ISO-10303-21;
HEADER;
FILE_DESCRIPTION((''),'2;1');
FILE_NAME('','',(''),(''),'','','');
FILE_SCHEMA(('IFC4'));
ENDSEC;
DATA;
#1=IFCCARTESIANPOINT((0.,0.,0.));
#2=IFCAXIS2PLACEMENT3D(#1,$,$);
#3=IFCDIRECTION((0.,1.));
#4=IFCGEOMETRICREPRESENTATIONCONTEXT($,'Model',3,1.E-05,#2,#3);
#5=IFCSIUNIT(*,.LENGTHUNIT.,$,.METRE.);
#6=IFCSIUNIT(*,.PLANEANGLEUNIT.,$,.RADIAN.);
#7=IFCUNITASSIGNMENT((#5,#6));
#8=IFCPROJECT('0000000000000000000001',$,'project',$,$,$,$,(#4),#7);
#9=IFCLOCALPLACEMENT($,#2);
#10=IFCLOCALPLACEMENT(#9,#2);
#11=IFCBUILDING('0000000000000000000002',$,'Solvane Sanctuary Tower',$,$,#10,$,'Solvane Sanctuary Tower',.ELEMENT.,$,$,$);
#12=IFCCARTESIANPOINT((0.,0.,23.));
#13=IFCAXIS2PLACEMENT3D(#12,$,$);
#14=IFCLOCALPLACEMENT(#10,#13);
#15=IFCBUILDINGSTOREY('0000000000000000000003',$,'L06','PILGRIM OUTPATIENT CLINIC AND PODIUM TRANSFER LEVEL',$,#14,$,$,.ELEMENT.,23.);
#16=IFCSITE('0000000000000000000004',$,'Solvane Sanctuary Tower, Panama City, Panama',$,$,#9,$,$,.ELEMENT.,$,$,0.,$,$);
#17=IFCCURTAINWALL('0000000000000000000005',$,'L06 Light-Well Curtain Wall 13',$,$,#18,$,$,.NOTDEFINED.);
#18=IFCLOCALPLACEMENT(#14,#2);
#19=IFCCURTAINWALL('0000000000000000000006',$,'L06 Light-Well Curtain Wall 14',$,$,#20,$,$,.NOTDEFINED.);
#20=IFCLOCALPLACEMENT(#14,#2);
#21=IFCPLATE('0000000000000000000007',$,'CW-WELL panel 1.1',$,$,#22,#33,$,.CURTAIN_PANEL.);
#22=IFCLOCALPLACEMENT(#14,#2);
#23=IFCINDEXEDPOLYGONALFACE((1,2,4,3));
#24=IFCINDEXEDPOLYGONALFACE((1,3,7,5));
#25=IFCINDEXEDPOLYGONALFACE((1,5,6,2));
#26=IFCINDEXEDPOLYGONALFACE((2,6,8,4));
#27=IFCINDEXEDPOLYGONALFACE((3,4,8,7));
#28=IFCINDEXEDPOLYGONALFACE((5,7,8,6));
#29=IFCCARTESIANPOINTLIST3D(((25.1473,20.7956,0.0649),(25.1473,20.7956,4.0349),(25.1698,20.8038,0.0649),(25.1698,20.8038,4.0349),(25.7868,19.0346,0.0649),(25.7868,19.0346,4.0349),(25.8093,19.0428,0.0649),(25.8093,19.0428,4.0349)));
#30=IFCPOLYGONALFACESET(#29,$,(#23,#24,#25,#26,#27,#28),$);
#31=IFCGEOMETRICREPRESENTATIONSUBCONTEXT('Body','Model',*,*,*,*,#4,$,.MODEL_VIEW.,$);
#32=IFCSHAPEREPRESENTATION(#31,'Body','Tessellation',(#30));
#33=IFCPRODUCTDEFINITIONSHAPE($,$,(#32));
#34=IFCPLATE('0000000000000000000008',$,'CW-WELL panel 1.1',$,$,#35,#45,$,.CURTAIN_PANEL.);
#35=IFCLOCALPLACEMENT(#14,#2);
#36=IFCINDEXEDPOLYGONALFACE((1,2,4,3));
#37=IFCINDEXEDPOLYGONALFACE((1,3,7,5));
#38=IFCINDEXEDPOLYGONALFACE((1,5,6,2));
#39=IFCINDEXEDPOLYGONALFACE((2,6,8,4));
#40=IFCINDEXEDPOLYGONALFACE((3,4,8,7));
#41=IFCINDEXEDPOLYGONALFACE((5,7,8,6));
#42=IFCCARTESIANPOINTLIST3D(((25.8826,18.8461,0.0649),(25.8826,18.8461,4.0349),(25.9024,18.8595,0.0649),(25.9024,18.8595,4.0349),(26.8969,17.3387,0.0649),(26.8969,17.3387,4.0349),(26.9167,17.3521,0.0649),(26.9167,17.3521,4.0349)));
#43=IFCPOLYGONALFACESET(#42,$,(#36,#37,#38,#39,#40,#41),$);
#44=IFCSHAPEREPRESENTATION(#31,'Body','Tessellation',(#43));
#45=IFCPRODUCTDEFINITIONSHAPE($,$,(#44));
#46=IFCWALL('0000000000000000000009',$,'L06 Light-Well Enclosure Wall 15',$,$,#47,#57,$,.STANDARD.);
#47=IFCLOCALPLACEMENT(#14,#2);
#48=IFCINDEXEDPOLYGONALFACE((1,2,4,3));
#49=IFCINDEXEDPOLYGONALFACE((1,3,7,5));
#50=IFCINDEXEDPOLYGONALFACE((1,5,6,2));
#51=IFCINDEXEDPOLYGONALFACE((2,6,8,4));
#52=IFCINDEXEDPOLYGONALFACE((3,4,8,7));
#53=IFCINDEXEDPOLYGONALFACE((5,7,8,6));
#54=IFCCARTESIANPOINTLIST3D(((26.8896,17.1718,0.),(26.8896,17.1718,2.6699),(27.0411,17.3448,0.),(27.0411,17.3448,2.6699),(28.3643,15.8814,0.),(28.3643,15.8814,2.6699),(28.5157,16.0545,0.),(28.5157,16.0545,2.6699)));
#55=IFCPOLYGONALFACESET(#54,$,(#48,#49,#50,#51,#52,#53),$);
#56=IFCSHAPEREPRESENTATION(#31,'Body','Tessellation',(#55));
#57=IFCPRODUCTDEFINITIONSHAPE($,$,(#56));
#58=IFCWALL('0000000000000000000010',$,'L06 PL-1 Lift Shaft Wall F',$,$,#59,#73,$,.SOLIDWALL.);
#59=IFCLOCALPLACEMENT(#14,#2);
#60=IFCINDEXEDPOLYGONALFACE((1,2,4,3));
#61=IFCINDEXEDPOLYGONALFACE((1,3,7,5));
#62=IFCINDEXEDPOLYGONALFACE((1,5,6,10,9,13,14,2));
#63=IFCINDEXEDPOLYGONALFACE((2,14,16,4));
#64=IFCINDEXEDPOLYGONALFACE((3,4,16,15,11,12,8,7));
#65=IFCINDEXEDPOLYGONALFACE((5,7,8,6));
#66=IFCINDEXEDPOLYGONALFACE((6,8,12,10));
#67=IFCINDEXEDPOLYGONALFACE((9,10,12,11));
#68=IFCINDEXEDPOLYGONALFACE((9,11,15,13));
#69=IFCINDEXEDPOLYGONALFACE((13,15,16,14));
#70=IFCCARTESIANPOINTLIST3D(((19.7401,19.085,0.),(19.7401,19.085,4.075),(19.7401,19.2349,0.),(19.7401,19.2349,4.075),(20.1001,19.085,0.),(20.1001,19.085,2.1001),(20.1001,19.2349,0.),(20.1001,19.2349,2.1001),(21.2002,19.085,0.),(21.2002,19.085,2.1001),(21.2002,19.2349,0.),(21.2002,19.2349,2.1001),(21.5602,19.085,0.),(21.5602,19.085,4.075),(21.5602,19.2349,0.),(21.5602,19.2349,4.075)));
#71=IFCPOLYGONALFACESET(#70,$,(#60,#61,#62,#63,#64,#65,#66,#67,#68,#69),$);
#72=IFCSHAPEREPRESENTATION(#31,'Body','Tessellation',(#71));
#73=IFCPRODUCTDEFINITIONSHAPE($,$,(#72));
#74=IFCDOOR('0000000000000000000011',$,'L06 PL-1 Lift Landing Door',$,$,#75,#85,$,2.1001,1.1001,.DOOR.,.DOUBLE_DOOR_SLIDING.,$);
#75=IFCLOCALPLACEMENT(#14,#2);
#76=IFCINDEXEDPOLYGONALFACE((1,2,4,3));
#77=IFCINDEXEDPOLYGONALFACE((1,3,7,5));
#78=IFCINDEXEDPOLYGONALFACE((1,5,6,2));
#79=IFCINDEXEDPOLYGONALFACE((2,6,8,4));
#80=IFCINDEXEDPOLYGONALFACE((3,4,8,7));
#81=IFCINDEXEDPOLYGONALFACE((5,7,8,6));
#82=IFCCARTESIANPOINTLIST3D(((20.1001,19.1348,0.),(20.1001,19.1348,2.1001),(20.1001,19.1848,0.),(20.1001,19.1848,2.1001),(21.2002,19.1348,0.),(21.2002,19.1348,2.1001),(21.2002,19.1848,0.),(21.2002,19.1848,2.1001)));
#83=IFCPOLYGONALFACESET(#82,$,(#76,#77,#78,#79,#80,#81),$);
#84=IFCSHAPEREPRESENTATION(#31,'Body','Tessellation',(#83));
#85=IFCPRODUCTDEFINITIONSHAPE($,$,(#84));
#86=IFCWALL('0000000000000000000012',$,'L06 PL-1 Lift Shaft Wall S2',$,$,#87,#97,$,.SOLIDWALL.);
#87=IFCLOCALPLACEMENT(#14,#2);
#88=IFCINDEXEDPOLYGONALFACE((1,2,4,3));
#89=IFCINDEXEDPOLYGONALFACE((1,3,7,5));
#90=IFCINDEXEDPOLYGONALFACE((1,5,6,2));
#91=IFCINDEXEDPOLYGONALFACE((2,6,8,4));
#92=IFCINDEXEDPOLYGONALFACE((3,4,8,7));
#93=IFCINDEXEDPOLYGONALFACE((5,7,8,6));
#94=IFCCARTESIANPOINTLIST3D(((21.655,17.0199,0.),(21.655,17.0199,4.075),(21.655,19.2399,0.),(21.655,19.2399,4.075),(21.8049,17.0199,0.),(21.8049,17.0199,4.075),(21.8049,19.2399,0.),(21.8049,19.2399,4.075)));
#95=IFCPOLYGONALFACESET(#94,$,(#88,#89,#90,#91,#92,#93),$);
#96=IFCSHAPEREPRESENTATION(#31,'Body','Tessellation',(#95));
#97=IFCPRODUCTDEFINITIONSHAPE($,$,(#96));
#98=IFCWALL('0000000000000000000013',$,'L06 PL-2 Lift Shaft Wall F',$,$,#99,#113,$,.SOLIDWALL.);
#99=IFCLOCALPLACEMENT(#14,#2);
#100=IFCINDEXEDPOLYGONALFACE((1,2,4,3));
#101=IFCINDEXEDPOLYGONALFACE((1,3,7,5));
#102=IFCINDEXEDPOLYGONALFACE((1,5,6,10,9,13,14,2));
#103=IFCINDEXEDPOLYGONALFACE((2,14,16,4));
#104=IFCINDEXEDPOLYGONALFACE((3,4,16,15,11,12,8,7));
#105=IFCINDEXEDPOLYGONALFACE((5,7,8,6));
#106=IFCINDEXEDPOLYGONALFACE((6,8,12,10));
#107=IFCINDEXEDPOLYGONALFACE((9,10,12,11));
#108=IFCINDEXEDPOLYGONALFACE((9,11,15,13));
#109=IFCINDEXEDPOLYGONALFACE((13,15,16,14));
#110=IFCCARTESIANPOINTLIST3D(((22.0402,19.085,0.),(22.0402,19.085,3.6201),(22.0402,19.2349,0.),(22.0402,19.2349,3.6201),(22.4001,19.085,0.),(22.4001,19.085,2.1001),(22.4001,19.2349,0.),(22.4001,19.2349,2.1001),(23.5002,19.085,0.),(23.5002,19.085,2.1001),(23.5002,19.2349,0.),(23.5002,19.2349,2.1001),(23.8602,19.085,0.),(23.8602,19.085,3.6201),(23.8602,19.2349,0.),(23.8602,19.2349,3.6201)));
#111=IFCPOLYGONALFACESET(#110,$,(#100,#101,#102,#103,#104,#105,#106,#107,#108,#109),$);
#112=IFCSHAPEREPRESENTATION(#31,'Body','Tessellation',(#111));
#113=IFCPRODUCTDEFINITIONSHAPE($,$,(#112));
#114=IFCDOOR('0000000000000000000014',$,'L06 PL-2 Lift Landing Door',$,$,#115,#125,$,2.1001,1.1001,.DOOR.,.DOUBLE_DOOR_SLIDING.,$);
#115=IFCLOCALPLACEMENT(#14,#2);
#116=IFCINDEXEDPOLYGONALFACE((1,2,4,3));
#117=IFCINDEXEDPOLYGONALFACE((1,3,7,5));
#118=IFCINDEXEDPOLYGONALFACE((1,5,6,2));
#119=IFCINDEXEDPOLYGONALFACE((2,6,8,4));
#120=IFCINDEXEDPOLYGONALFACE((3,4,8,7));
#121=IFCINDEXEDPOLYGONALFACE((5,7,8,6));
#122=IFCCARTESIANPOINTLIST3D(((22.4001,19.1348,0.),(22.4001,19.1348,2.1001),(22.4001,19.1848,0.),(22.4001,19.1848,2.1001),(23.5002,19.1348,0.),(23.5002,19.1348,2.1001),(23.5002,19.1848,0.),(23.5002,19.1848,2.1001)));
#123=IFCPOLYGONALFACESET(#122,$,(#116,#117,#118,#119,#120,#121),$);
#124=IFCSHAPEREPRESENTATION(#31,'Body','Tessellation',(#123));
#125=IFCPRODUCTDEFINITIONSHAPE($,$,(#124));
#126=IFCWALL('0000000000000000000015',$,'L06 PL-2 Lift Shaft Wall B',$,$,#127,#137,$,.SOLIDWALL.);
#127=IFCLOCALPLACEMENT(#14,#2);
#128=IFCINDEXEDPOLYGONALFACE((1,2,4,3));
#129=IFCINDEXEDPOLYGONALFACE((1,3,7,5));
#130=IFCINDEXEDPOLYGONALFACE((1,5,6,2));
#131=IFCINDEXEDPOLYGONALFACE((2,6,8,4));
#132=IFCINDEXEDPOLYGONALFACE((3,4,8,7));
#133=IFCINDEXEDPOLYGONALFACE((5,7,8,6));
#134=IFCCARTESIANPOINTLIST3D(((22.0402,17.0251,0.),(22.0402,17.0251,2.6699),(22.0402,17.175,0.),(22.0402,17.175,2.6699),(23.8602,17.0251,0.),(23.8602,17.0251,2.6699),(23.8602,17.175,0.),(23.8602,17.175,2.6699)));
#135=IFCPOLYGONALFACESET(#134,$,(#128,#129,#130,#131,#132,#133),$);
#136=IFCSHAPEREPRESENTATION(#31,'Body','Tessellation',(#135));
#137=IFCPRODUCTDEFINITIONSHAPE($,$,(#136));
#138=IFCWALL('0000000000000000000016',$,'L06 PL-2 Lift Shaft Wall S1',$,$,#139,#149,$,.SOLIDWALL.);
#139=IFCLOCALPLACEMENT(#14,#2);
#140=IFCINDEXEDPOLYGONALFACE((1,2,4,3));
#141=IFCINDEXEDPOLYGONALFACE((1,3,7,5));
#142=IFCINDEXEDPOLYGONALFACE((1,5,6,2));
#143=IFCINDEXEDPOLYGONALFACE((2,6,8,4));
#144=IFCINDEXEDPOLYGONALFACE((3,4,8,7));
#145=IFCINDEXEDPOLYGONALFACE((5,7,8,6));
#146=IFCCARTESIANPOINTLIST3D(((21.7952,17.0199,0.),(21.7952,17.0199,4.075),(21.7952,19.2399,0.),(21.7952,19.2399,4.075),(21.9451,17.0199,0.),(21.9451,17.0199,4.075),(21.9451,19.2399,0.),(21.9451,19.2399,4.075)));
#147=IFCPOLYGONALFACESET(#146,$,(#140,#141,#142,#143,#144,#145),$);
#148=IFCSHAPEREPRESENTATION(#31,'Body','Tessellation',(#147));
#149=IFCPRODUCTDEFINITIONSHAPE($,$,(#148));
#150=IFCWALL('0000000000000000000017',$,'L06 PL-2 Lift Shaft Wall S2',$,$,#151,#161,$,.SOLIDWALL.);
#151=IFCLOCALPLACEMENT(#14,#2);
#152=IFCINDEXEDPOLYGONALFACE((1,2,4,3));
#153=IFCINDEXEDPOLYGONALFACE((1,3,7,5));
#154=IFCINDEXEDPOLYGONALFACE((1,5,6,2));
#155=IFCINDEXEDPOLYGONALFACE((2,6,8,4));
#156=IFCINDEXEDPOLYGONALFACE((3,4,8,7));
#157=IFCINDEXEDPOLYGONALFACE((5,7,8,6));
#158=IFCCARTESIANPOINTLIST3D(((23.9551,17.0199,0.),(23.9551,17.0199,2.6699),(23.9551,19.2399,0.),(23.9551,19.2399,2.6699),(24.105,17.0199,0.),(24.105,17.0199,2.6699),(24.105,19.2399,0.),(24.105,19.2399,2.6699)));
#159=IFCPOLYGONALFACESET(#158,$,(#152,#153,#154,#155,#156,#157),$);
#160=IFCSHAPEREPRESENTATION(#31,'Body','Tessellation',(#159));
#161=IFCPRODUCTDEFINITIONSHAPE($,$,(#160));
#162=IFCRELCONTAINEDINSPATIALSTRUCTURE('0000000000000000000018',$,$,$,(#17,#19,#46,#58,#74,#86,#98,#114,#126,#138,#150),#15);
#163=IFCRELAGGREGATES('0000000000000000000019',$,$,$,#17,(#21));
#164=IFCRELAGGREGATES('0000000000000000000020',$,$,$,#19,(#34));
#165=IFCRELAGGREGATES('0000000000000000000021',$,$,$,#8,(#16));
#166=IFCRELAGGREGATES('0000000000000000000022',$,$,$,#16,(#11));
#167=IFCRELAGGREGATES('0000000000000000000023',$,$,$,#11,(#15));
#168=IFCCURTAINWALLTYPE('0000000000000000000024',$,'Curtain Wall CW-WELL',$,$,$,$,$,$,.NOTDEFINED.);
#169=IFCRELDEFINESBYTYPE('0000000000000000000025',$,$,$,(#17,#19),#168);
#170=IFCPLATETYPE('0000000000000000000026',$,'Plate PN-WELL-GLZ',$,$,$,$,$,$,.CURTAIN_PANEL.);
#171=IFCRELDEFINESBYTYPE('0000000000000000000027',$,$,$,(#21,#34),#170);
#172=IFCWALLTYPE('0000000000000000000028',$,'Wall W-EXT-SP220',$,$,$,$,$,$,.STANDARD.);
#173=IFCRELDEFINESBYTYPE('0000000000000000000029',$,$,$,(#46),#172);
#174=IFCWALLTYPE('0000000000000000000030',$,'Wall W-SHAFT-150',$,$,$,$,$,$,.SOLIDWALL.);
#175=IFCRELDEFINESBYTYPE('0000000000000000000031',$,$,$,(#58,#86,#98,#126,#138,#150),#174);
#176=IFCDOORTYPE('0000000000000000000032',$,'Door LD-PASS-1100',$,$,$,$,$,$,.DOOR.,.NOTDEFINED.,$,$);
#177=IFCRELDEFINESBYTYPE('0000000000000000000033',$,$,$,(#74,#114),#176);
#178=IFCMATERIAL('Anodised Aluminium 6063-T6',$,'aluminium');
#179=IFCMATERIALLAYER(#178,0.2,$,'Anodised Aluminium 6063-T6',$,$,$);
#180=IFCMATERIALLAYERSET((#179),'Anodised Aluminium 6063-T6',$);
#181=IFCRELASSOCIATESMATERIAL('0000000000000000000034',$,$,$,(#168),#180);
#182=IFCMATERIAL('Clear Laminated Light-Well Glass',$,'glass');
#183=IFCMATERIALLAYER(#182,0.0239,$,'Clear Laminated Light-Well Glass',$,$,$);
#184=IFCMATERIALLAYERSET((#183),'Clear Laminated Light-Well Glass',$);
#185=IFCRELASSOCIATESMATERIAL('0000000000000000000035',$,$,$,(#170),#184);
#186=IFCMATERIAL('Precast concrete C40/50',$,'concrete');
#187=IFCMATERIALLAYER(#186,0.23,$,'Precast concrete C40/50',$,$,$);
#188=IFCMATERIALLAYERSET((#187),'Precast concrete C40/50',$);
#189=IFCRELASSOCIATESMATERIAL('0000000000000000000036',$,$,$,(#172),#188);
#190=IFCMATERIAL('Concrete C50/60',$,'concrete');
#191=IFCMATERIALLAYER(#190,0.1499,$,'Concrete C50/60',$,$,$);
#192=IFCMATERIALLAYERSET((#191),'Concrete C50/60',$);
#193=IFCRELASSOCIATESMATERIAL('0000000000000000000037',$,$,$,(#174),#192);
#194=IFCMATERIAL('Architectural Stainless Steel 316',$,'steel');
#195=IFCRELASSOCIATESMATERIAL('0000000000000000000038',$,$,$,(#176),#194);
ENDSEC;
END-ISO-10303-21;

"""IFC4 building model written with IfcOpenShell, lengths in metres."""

from ifc_helpers import new_model, si_unit, direction, frame, frame_2d, origin, origin_2d, place, context, subcontext, project, spatial, rectangle, extrude, material, layer, layer_set, type_object, element, fill, aggregate, save


model = new_model("IFC4")

# Units and contexts
model_context = context("Model", 3, precision=1e-05, world=origin(), true_north=direction((0.0, 1.0)))
body_context = subcontext(model_context, "Body", "Model", "MODEL_VIEW")
ifc_project = project(units=[si_unit("LENGTHUNIT", "METRE"), si_unit("PLANEANGLEUNIT", "RADIAN")], contexts=[model_context])

# Site, building, storey
site_placement = place(None, origin())
site = spatial("IfcSite", under=ifc_project, at=site_placement, Name="Solvane Sanctuary Tower, Panama City, Panama", CompositionType="ELEMENT", RefElevation=0.0)
building_placement = place(site_placement, origin())
building = spatial("IfcBuilding", under=site, at=building_placement, Name="Solvane Sanctuary Tower", LongName="Solvane Sanctuary Tower", CompositionType="ELEMENT")
storey_placement = place(building_placement, frame((0.0, 0.0, 23.0)))
storey = spatial("IfcBuildingStorey", under=building, at=storey_placement, Name="L06", Description="PILGRIM OUTPATIENT CLINIC AND PODIUM TRANSFER LEVEL", CompositionType="ELEMENT", Elevation=23.0)

# Curtain wall
ifc_material_1 = material(Name="Anodised Aluminium 6063-T6", Category="aluminium")
ifc_layer_1 = layer(ifc_material_1, 0.2, Name="Anodised Aluminium 6063-T6")
ifc_layer_set_1 = layer_set([ifc_layer_1], Name="Anodised Aluminium 6063-T6")
curtain_wall_type = type_object("IfcCurtainWallType", Name="Curtain Wall CW-WELL", PredefinedType="NOTDEFINED", material=ifc_layer_set_1)
curtain_wall_1_placement = place(storey_placement, origin())
curtain_wall_1 = element("IfcCurtainWall", 1, at=curtain_wall_1_placement, inside=storey, type_object=curtain_wall_type, Name="L06 Light-Well Curtain Wall 13", PredefinedType="NOTDEFINED")

# Curtain wall
curtain_wall_2_placement = place(storey_placement, origin())
curtain_wall_2 = element("IfcCurtainWall", 2, at=curtain_wall_2_placement, inside=storey, type_object=curtain_wall_type, Name="L06 Light-Well Curtain Wall 14", PredefinedType="NOTDEFINED")

# Plates
ifc_material_2 = material(Name="Clear Laminated Light-Well Glass", Category="glass")
ifc_layer_2 = layer(ifc_material_2, 0.0239, Name="Clear Laminated Light-Well Glass")
ifc_layer_set_2 = layer_set([ifc_layer_2], Name="Clear Laminated Light-Well Glass")
plate_type = type_object("IfcPlateType", Name="Plate PN-WELL-GLZ", PredefinedType="CURTAIN_PANEL", material=ifc_layer_set_2)
plate_1_placement = place(storey_placement, frame((25.4783, 19.9192, 0.0649), z_axis=(0.0, 0.0, 1.0), x_axis=(0.341346, -0.939938, 0.0)))
plate_1 = element("IfcPlate", 3, at=plate_1_placement, type_object=plate_type, Name="CW-WELL panel 1.1", PredefinedType="CURTAIN_PANEL", context=body_context, shape_type="SweptSolid", body=[
    extrude(rectangle(XDim=1.8735, YDim=0.0239, at=origin_2d()), origin(), (0.0, 0.0, 1.0), 3.97),
])
aggregate(curtain_wall_1, [plate_1])
plate_2_placement = place(storey_placement, frame((26.3997, 18.0991, 0.0649), z_axis=(0.0, 0.0, 1.0), x_axis=(0.558263, -0.829664, 0.0)))
plate_2 = element("IfcPlate", 4, at=plate_2_placement, type_object=plate_type, Name="CW-WELL panel 1.1", PredefinedType="CURTAIN_PANEL", context=body_context, shape_type="SweptSolid", body=[
    extrude(rectangle(XDim=1.8169, YDim=0.0239, at=origin_2d()), origin(), (0.0, 0.0, 1.0), 3.97),
])
aggregate(curtain_wall_2, [plate_2])

# Wall
ifc_material_3 = material(Name="Precast concrete C40/50", Category="concrete")
ifc_layer_3 = layer(ifc_material_3, 0.23, Name="Precast concrete C40/50")
ifc_layer_set_3 = layer_set([ifc_layer_3], Name="Precast concrete C40/50")
wall_type_1 = type_object("IfcWallType", Name="Wall W-EXT-SP220", PredefinedType="STANDARD", material=ifc_layer_set_3)
wall_1_placement = place(storey_placement, frame((26.9653, 17.2583, 0.0), z_axis=(0.0, 0.0, 1.0), x_axis=(0.752577, -0.658505, 0.0)))
element("IfcWall", 5, at=wall_1_placement, inside=storey, type_object=wall_type_1, Name="L06 Light-Well Enclosure Wall 15", PredefinedType="STANDARD", context=body_context, shape_type="SweptSolid", body=[
    extrude(rectangle(XDim=1.9595, YDim=0.23, at=frame_2d((0.9797, 0.0))), origin(), (0.0, 0.0, 1.0), 2.6699),
])

# Wall, opening, door
ifc_material_4 = material(Name="Concrete C50/60", Category="concrete")
ifc_layer_4 = layer(ifc_material_4, 0.1499, Name="Concrete C50/60")
ifc_layer_set_4 = layer_set([ifc_layer_4], Name="Concrete C50/60")
wall_type_2 = type_object("IfcWallType", Name="Wall W-SHAFT-150", PredefinedType="SOLIDWALL", material=ifc_layer_set_4)
wall_2_placement = place(storey_placement, frame((19.74, 19.1599, 0.0), z_axis=(0.0, 0.0, 1.0), x_axis=(1.0, 0.0, 0.0)))
wall_2 = element("IfcWall", 6, at=wall_2_placement, inside=storey, type_object=wall_type_2, Name="L06 PL-1 Lift Shaft Wall F", PredefinedType="SOLIDWALL", context=body_context, shape_type="SweptSolid", body=[
    extrude(rectangle(XDim=1.8201, YDim=0.1499, at=frame_2d((0.9102, 0.0))), origin(), (0.0, 0.0, 1.0), 4.075),
])
opening_1_placement = place(wall_2_placement, frame((0.3601, 0.0, 0.0)))
opening_1 = element("IfcOpeningElement", 7, at=opening_1_placement, cuts=wall_2, PredefinedType="OPENING", context=body_context, shape_type="SweptSolid", body=[
    extrude(rectangle(XDim=1.1001, YDim=2.1001, at=frame_2d((0.55, 1.05))), frame((0.0, 0.085, 0.0), z_axis=(0.0, -1.0, 0.0), x_axis=(1.0, 0.0, 0.0)), (0.0, 0.0, 1.0), 0.1699),
])
ifc_material_5 = material(Name="Architectural Stainless Steel 316", Category="steel")
door_type = type_object("IfcDoorType", Name="Door LD-PASS-1100", OperationType="NOTDEFINED", PredefinedType="DOOR", material=ifc_material_5)
door_1_placement = place(opening_1_placement, origin())
door_1 = element("IfcDoor", 8, at=door_1_placement, inside=storey, type_object=door_type, Name="L06 PL-1 Lift Landing Door", OperationType="DOUBLE_DOOR_SLIDING", OverallHeight=2.1001, OverallWidth=1.1001, PredefinedType="DOOR", context=body_context, shape_type="SweptSolid", body=[
    extrude(rectangle(XDim=1.1001, YDim=2.1001, at=frame_2d((0.55, 1.05))), frame((0.0, 0.0249, 0.0), z_axis=(0.0, -1.0, 0.0), x_axis=(1.0, 0.0, 0.0)), (0.0, 0.0, 1.0), 0.05),
])
fill(opening_1, door_1)

# Wall
wall_3_placement = place(storey_placement, frame((21.73, 17.02, 0.0), z_axis=(0.0, 0.0, 1.0), x_axis=(0.0, 1.0, 0.0)))
element("IfcWall", 9, at=wall_3_placement, inside=storey, type_object=wall_type_2, Name="L06 PL-1 Lift Shaft Wall S2", PredefinedType="SOLIDWALL", context=body_context, shape_type="SweptSolid", body=[
    extrude(rectangle(XDim=2.22, YDim=0.1499, at=frame_2d((1.1099, 0.0))), origin(), (0.0, 0.0, 1.0), 4.075),
])

# Wall, opening, door
wall_4_placement = place(storey_placement, frame((22.04, 19.1599, 0.0), z_axis=(0.0, 0.0, 1.0), x_axis=(1.0, 0.0, 0.0)))
wall_4 = element("IfcWall", 10, at=wall_4_placement, inside=storey, type_object=wall_type_2, Name="L06 PL-2 Lift Shaft Wall F", PredefinedType="SOLIDWALL", context=body_context, shape_type="SweptSolid", body=[
    extrude(rectangle(XDim=1.8201, YDim=0.1499, at=frame_2d((0.9102, 0.0))), origin(), (0.0, 0.0, 1.0), 3.6201),
])
opening_2_placement = place(wall_4_placement, frame((0.3601, 0.0, 0.0)))
opening_2 = element("IfcOpeningElement", 11, at=opening_2_placement, cuts=wall_4, PredefinedType="OPENING", context=body_context, shape_type="SweptSolid", body=[
    extrude(rectangle(XDim=1.1001, YDim=2.1001, at=frame_2d((0.55, 1.05))), frame((0.0, 0.085, 0.0), z_axis=(0.0, -1.0, 0.0), x_axis=(1.0, 0.0, 0.0)), (0.0, 0.0, 1.0), 0.1699),
])
door_2_placement = place(opening_2_placement, origin())
door_2 = element("IfcDoor", 12, at=door_2_placement, inside=storey, type_object=door_type, Name="L06 PL-2 Lift Landing Door", OperationType="DOUBLE_DOOR_SLIDING", OverallHeight=2.1001, OverallWidth=1.1001, PredefinedType="DOOR", context=body_context, shape_type="SweptSolid", body=[
    extrude(rectangle(XDim=1.1001, YDim=2.1001, at=frame_2d((0.55, 1.05))), frame((0.0, 0.0249, 0.0), z_axis=(0.0, -1.0, 0.0), x_axis=(1.0, 0.0, 0.0)), (0.0, 0.0, 1.0), 0.05),
])
fill(opening_2, door_2)

# Walls
wall_5_placement = place(storey_placement, frame((22.04, 17.1001, 0.0), z_axis=(0.0, 0.0, 1.0), x_axis=(1.0, 0.0, 0.0)))
element("IfcWall", 13, at=wall_5_placement, inside=storey, type_object=wall_type_2, Name="L06 PL-2 Lift Shaft Wall B", PredefinedType="SOLIDWALL", context=body_context, shape_type="SweptSolid", body=[
    extrude(rectangle(XDim=1.8201, YDim=0.1499, at=frame_2d((0.9102, 0.0))), origin(), (0.0, 0.0, 1.0), 2.6699),
])
wall_6_placement = place(storey_placement, frame((21.8701, 17.02, 0.0), z_axis=(0.0, 0.0, 1.0), x_axis=(0.0, 1.0, 0.0)))
element("IfcWall", 14, at=wall_6_placement, inside=storey, type_object=wall_type_2, Name="L06 PL-2 Lift Shaft Wall S1", PredefinedType="SOLIDWALL", context=body_context, shape_type="SweptSolid", body=[
    extrude(rectangle(XDim=2.22, YDim=0.1499, at=frame_2d((1.1099, 0.0))), origin(), (0.0, 0.0, 1.0), 4.075),
])
wall_7_placement = place(storey_placement, frame((24.03, 17.02, 0.0), z_axis=(0.0, 0.0, 1.0), x_axis=(0.0, 1.0, 0.0)))
element("IfcWall", 15, at=wall_7_placement, inside=storey, type_object=wall_type_2, Name="L06 PL-2 Lift Shaft Wall S2", PredefinedType="SOLIDWALL", context=body_context, shape_type="SweptSolid", body=[
    extrude(rectangle(XDim=2.22, YDim=0.1499, at=frame_2d((1.1099, 0.0))), origin(), (0.0, 0.0, 1.0), 2.6699),
])

save(model, "model.ifc")
